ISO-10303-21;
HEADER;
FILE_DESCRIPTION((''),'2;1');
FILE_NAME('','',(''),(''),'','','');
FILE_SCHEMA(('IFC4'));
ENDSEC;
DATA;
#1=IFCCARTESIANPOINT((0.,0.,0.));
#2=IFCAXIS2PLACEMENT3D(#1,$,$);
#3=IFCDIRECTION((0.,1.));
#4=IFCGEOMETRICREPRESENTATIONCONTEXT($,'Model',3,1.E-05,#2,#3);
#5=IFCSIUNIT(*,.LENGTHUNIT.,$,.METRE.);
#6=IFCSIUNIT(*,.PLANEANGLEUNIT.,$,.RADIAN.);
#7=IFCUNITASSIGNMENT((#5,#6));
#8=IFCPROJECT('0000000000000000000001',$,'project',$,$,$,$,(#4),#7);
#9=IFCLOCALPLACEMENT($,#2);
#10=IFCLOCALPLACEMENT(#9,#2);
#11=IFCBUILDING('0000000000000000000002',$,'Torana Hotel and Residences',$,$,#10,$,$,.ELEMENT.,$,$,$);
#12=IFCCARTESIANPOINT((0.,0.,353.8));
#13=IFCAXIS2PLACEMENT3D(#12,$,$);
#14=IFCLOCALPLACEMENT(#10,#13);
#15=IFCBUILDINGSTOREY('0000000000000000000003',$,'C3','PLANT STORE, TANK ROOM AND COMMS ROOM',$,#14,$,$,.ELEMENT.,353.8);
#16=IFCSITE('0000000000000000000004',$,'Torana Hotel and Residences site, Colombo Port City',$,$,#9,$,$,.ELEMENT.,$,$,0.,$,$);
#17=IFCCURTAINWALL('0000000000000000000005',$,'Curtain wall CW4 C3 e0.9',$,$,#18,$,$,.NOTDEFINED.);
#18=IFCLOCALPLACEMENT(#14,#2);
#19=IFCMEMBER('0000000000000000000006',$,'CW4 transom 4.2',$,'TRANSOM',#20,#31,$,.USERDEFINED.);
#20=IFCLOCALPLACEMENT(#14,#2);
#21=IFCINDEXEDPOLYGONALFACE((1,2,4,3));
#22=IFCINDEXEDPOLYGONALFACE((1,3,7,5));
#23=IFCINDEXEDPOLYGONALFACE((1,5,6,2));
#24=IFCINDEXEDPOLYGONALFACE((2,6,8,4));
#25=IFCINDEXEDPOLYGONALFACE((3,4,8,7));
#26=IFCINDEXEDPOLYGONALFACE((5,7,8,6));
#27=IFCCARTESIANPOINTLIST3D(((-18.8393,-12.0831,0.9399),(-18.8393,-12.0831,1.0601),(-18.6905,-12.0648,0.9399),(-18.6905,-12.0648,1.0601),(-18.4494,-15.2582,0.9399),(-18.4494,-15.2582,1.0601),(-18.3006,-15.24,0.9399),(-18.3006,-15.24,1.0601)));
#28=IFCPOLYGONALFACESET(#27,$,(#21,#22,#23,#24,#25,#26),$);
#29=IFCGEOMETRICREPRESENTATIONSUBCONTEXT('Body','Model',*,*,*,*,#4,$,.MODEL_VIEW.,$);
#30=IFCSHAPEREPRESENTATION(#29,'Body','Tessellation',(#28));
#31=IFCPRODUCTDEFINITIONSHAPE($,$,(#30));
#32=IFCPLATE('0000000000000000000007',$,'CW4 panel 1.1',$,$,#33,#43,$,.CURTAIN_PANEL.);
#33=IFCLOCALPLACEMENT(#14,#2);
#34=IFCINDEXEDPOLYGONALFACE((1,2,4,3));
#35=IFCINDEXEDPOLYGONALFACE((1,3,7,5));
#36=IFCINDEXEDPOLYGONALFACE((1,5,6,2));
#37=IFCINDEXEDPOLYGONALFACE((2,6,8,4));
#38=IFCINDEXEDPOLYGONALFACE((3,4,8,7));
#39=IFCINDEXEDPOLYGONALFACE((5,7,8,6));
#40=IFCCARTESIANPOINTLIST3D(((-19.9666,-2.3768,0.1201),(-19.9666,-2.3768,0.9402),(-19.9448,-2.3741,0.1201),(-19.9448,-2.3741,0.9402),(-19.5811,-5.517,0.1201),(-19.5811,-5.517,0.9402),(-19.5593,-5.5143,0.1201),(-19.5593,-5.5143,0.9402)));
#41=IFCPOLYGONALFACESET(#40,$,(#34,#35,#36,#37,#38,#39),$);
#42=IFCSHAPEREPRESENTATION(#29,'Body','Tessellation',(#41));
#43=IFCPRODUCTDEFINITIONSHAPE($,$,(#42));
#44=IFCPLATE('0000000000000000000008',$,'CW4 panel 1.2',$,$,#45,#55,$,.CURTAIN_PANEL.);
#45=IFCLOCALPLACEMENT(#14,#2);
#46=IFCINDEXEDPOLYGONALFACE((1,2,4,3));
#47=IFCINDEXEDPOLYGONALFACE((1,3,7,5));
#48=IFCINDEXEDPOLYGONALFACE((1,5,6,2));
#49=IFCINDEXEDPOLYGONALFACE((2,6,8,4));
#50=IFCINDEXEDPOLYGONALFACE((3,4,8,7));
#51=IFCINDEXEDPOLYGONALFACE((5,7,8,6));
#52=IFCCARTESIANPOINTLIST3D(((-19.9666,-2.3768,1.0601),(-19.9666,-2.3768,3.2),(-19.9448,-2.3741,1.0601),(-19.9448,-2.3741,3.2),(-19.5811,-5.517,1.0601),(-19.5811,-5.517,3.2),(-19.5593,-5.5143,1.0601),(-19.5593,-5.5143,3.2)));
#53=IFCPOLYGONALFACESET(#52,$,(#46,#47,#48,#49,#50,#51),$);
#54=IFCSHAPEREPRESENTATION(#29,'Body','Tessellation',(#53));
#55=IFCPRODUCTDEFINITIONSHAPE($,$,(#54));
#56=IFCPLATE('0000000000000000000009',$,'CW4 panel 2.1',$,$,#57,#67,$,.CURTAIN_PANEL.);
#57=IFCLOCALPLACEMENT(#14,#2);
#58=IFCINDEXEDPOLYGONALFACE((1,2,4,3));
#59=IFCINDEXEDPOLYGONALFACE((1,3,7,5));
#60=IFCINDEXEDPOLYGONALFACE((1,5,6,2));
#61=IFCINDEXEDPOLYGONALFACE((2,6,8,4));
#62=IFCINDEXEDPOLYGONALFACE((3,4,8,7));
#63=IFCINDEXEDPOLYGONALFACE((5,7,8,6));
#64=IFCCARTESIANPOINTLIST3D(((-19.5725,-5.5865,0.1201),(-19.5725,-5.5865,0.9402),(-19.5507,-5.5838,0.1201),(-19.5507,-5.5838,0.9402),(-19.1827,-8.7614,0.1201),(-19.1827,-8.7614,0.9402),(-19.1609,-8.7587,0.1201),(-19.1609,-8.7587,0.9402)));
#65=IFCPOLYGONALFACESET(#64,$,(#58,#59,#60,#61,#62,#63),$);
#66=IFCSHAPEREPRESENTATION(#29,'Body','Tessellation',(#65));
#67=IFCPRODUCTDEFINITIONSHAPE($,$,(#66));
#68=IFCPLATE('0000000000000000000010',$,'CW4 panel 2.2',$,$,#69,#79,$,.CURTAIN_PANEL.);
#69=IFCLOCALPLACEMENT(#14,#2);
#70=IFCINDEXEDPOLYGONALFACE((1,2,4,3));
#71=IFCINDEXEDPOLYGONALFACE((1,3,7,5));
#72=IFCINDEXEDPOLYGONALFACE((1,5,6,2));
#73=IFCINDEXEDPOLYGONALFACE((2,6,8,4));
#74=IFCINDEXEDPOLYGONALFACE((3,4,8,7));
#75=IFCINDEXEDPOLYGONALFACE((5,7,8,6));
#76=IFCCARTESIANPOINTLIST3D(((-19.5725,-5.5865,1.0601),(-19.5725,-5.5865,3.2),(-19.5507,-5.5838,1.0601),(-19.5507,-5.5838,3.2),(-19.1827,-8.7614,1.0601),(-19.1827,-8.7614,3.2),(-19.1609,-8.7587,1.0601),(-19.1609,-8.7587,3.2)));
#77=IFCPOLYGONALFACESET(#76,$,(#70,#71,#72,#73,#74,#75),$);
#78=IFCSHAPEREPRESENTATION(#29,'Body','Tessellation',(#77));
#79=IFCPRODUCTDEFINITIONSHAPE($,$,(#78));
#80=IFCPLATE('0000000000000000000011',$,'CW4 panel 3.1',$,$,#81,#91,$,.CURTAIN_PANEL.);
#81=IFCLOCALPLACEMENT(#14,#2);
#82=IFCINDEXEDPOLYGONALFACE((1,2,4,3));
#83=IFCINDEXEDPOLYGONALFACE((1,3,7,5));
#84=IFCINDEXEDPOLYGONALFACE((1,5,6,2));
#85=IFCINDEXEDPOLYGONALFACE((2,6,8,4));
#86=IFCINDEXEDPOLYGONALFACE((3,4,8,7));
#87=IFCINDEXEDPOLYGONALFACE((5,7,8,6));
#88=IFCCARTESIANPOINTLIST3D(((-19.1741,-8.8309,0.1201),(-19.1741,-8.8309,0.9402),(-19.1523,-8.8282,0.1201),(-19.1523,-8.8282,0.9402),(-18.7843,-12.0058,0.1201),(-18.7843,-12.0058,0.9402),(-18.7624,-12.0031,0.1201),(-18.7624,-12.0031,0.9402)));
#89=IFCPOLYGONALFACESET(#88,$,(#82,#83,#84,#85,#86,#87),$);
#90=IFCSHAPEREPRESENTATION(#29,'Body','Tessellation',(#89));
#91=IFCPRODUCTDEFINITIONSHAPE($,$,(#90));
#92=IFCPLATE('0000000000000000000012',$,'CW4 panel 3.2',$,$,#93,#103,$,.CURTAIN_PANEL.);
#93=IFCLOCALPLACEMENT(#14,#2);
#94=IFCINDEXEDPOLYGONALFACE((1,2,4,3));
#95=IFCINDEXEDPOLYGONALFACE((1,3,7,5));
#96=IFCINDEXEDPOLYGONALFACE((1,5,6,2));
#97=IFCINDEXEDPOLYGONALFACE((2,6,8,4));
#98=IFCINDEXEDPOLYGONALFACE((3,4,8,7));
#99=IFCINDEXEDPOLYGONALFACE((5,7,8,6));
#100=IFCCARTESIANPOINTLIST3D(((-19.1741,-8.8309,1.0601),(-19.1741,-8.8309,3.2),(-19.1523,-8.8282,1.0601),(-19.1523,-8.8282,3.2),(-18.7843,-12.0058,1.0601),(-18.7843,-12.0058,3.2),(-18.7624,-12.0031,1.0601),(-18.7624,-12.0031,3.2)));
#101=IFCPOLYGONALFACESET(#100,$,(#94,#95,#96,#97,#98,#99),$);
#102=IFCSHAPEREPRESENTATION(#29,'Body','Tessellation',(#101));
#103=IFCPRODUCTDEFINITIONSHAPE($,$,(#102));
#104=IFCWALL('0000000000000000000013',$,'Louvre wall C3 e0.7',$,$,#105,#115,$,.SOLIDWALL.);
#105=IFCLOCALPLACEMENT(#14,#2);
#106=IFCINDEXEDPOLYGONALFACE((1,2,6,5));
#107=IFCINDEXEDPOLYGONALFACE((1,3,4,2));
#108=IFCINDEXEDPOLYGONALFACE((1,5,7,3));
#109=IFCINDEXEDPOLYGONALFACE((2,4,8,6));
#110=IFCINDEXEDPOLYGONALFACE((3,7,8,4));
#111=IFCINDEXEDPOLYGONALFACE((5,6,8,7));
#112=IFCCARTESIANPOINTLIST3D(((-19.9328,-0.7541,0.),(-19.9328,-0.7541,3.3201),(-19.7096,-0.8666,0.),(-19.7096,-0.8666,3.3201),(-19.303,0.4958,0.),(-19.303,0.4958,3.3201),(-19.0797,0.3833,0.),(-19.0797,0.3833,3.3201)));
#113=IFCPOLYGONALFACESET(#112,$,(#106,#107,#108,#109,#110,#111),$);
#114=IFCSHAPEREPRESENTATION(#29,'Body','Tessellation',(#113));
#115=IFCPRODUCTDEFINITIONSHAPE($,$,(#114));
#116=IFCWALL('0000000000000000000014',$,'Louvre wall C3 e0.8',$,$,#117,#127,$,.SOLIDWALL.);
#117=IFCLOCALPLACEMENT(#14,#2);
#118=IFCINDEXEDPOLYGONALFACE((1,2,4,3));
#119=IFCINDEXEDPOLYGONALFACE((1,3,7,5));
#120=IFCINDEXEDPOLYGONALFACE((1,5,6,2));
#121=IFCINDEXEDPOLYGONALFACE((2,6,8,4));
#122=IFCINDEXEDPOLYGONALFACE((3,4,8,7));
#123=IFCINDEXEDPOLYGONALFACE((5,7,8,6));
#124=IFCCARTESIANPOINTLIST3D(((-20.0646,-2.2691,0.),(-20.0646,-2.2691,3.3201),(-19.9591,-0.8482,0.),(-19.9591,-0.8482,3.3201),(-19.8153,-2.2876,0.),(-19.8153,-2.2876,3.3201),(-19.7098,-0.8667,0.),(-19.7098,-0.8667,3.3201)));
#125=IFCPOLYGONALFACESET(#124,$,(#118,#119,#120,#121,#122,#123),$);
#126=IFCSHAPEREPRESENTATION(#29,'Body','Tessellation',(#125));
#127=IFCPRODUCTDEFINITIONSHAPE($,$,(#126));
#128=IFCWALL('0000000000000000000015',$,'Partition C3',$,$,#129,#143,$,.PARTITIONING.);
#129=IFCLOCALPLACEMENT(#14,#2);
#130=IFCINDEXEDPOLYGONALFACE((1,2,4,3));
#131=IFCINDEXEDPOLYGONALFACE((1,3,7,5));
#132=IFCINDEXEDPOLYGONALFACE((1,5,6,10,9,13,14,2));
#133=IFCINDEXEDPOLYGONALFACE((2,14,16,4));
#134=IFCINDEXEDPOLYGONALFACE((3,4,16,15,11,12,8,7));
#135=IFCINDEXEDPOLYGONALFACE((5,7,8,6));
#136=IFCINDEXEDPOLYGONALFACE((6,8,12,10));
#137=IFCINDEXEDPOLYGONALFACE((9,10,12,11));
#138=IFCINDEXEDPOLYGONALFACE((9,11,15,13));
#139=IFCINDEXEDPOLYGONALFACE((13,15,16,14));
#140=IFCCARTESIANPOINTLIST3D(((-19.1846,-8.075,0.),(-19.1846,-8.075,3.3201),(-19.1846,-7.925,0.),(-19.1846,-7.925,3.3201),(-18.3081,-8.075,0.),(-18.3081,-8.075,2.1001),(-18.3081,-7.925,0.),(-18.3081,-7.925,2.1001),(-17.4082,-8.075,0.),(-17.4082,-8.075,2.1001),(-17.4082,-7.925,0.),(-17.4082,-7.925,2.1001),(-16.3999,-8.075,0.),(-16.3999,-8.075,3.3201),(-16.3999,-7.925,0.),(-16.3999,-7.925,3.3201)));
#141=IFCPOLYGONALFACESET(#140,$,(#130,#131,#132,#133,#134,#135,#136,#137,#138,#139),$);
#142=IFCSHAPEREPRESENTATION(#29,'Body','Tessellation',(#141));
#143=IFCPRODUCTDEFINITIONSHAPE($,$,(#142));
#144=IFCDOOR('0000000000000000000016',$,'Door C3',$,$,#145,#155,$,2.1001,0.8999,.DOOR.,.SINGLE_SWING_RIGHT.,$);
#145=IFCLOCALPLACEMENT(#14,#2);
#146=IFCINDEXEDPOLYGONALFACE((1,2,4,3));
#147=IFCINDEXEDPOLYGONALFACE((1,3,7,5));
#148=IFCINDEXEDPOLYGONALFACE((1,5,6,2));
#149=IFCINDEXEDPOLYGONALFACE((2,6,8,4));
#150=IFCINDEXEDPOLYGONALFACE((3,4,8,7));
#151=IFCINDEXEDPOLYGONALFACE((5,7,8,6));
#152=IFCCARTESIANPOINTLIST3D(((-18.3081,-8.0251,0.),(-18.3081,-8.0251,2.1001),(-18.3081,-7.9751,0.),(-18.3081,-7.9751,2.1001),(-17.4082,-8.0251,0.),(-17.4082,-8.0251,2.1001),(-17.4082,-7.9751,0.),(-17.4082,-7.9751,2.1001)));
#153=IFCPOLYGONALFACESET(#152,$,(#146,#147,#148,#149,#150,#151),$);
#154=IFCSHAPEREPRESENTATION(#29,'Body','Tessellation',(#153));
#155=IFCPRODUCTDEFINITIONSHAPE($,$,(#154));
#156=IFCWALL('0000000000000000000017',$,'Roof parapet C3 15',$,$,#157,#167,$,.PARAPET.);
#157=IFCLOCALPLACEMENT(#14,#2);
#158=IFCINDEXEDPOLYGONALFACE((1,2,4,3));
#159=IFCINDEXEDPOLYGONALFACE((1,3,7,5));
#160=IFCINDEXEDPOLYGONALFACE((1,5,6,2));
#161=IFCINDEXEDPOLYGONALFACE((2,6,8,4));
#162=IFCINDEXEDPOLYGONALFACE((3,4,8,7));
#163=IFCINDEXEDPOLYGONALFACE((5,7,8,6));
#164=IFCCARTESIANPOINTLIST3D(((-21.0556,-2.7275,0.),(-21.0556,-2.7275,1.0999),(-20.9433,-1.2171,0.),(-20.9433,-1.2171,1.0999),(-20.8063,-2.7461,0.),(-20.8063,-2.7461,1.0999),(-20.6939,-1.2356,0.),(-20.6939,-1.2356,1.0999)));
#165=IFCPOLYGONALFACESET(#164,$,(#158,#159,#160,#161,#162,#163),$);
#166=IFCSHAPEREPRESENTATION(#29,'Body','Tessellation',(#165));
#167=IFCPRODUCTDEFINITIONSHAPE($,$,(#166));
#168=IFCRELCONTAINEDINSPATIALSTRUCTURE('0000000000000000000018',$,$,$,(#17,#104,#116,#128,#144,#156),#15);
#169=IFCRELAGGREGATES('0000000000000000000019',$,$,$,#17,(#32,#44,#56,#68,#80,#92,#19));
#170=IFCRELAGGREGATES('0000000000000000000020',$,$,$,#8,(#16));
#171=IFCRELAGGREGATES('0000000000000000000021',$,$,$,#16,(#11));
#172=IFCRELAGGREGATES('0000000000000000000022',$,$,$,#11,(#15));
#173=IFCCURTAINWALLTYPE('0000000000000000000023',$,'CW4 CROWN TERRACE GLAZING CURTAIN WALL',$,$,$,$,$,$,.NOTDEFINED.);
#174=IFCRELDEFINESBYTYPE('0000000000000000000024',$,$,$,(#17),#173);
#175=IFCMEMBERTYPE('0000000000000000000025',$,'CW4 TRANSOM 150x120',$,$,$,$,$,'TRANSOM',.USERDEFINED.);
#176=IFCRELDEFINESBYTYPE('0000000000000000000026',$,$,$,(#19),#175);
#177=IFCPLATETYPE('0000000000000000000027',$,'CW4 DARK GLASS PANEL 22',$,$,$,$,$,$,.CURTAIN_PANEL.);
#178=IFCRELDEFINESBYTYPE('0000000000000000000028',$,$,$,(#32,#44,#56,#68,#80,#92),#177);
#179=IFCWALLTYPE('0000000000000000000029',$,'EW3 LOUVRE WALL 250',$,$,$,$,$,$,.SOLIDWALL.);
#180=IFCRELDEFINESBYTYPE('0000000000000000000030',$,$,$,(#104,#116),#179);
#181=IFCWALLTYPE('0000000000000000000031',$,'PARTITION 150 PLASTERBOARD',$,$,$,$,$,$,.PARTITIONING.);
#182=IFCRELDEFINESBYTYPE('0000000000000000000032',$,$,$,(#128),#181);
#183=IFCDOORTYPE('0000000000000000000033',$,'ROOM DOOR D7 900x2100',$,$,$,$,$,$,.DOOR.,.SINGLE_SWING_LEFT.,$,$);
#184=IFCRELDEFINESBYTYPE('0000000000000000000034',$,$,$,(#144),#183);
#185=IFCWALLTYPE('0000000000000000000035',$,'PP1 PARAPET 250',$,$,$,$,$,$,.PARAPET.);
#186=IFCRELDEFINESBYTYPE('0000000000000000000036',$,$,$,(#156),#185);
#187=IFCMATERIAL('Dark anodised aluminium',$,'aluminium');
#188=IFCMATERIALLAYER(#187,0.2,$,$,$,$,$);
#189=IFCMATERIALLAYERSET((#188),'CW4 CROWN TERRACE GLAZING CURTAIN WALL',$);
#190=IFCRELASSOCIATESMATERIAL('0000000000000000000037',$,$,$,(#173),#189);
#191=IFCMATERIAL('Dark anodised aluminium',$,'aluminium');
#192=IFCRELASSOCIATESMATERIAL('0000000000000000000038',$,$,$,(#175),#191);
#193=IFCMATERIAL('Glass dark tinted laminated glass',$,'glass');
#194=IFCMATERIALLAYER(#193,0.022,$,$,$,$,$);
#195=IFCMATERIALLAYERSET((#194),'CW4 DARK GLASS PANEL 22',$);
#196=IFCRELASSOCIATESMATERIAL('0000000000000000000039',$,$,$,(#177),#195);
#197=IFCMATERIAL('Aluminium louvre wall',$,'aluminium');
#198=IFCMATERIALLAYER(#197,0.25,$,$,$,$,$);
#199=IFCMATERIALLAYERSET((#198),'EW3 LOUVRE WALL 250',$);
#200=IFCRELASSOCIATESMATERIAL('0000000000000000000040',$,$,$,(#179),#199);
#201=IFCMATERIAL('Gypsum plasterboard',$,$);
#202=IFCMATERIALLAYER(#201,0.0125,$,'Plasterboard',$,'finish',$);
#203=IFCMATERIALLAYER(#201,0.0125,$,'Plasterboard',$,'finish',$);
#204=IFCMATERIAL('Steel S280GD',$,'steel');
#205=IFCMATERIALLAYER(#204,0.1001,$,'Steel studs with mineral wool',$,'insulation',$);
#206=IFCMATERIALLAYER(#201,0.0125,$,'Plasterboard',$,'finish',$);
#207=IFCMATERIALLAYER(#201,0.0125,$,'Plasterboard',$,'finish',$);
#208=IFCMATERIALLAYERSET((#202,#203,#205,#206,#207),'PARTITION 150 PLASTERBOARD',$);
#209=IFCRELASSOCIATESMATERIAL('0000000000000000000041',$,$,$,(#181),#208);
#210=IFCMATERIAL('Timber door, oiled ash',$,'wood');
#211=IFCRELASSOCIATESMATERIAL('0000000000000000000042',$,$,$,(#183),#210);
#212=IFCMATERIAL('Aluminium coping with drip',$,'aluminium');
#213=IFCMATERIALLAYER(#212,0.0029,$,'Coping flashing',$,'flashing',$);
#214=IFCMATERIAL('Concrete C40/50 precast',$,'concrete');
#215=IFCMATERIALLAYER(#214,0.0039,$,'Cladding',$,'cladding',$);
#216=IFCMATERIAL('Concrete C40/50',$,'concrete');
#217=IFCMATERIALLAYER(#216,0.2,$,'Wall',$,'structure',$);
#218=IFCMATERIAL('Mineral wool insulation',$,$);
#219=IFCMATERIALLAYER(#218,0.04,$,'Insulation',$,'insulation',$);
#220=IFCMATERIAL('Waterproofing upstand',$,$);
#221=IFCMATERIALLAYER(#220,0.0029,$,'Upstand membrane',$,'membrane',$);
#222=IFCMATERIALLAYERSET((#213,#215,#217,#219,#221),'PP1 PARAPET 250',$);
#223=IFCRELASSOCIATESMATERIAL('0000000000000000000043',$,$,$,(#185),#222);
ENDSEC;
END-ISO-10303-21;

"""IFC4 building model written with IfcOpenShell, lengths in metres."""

from ifc_helpers import new_model, si_unit, direction, frame, frame_2d, origin, origin_2d, place, context, subcontext, project, spatial, rectangle, extrude, material, layer, layer_set, material_profile, profile_set, type_object, element, fill, aggregate, save


model = new_model("IFC4")

# Units and contexts
model_context = context("Model", 3, precision=1e-05, world=origin(), true_north=direction((0.0, 1.0)))
body_context = subcontext(model_context, "Body", "Model", "MODEL_VIEW")
ifc_project = project(units=[si_unit("LENGTHUNIT", "METRE"), si_unit("PLANEANGLEUNIT", "RADIAN")], contexts=[model_context])

# Site, building, storey
site_placement = place(None, origin())
site = spatial("IfcSite", under=ifc_project, at=site_placement, Name="Torana Hotel and Residences site, Colombo Port City", CompositionType="ELEMENT", RefElevation=0.0)
building_placement = place(site_placement, origin())
building = spatial("IfcBuilding", under=site, at=building_placement, Name="Torana Hotel and Residences", CompositionType="ELEMENT")
storey_placement = place(building_placement, frame((0.0, 0.0, 353.8)))
storey = spatial("IfcBuildingStorey", under=building, at=storey_placement, Name="C3", Description="PLANT STORE, TANK ROOM AND COMMS ROOM", CompositionType="ELEMENT", Elevation=353.8)

# Curtain wall, member, plates
ifc_material_1 = material(Name="Dark anodised aluminium", Category="aluminium")
ifc_layer_1 = layer(ifc_material_1, 0.2)
ifc_layer_set_1 = layer_set([ifc_layer_1], Name="CW4 CROWN TERRACE GLAZING CURTAIN WALL")
curtain_wall_type = type_object("IfcCurtainWallType", Name="CW4 CROWN TERRACE GLAZING CURTAIN WALL", PredefinedType="NOTDEFINED", material=ifc_layer_set_1)
curtain_wall_placement = place(storey_placement, origin())
curtain_wall = element("IfcCurtainWall", 1, at=curtain_wall_placement, inside=storey, type_object=curtain_wall_type, Name="Curtain wall CW4 C3 e0.9", PredefinedType="NOTDEFINED")
ifc_material_2 = material(Name="Dark anodised aluminium", Category="aluminium")
ifc_material_profile_1 = material_profile(ifc_material_2, rectangle(XDim=0.1499, YDim=0.1201, at=origin_2d()), Name="CW4 TRANSOM 150x120")
ifc_profile_set_1 = profile_set([ifc_material_profile_1], Name="Dark anodised aluminium")
member_type_1 = type_object("IfcMemberType", Name="CW4 TRANSOM 150x120", ElementType="TRANSOM", PredefinedType="USERDEFINED", material=ifc_profile_set_1)
member_1_placement = place(storey_placement, frame((-18.7649, -12.074, 1.0), z_axis=(0.121883, -0.992544, 0.0), x_axis=(0.992544, 0.121883, 0.0)))
member_1 = element("IfcMember", 2, at=member_1_placement, type_object=member_type_1, Name="CW4 transom 4.2", ObjectType="TRANSOM", PredefinedType="USERDEFINED", context=body_context, shape_type="SweptSolid", body=[
    extrude(rectangle(XDim=0.1499, YDim=0.1201, at=origin_2d()), origin(), (0.0, 0.0, 1.0), 3.199),
])
ifc_material_3 = material(Name="Glass dark tinted laminated glass", Category="glass")
ifc_layer_2 = layer(ifc_material_3, 0.022)
ifc_layer_set_2 = layer_set([ifc_layer_2], Name="CW4 DARK GLASS PANEL 22")
plate_type = type_object("IfcPlateType", Name="CW4 DARK GLASS PANEL 22", PredefinedType="CURTAIN_PANEL", material=ifc_layer_set_2)
plate_1_placement = place(storey_placement, frame((-19.7629, -3.9456, 0.1201), z_axis=(0.0, 0.0, 1.0), x_axis=(0.121867, -0.992546, 0.0)))
plate_1 = element("IfcPlate", 3, at=plate_1_placement, type_object=plate_type, Name="CW4 panel 1.1", PredefinedType="CURTAIN_PANEL", context=body_context, shape_type="SweptSolid", body=[
    extrude(rectangle(XDim=3.1638, YDim=0.022, at=origin_2d()), origin(), (0.0, 0.0, 1.0), 0.8201),
])
plate_2_placement = place(storey_placement, frame((-19.7629, -3.9456, 1.0601), z_axis=(0.0, 0.0, 1.0), x_axis=(0.121867, -0.992546, 0.0)))
plate_2 = element("IfcPlate", 4, at=plate_2_placement, type_object=plate_type, Name="CW4 panel 1.2", PredefinedType="CURTAIN_PANEL", context=body_context, shape_type="SweptSolid", body=[
    extrude(rectangle(XDim=3.1638, YDim=0.022, at=origin_2d()), origin(), (0.0, 0.0, 1.0), 2.1399),
])
plate_3_placement = place(storey_placement, frame((-19.3667, -7.1726, 0.1201), z_axis=(0.0, 0.0, 1.0), x_axis=(0.121867, -0.992546, 0.0)))
plate_3 = element("IfcPlate", 5, at=plate_3_placement, type_object=plate_type, Name="CW4 panel 2.1", PredefinedType="CURTAIN_PANEL", context=body_context, shape_type="SweptSolid", body=[
    extrude(rectangle(XDim=3.1987, YDim=0.022, at=origin_2d()), origin(), (0.0, 0.0, 1.0), 0.8201),
])
plate_4_placement = place(storey_placement, frame((-19.3667, -7.1726, 1.0601), z_axis=(0.0, 0.0, 1.0), x_axis=(0.121867, -0.992546, 0.0)))
plate_4 = element("IfcPlate", 6, at=plate_4_placement, type_object=plate_type, Name="CW4 panel 2.2", PredefinedType="CURTAIN_PANEL", context=body_context, shape_type="SweptSolid", body=[
    extrude(rectangle(XDim=3.1987, YDim=0.022, at=origin_2d()), origin(), (0.0, 0.0, 1.0), 2.1399),
])
plate_5_placement = place(storey_placement, frame((-18.9683, -10.417, 0.1201), z_axis=(0.0, 0.0, 1.0), x_axis=(0.121867, -0.992546, 0.0)))
plate_5 = element("IfcPlate", 7, at=plate_5_placement, type_object=plate_type, Name="CW4 panel 3.1", PredefinedType="CURTAIN_PANEL", context=body_context, shape_type="SweptSolid", body=[
    extrude(rectangle(XDim=3.1987, YDim=0.022, at=origin_2d()), origin(), (0.0, 0.0, 1.0), 0.8201),
])
plate_6_placement = place(storey_placement, frame((-18.9683, -10.417, 1.0601), z_axis=(0.0, 0.0, 1.0), x_axis=(0.121867, -0.992546, 0.0)))
plate_6 = element("IfcPlate", 8, at=plate_6_placement, type_object=plate_type, Name="CW4 panel 3.2", PredefinedType="CURTAIN_PANEL", context=body_context, shape_type="SweptSolid", body=[
    extrude(rectangle(XDim=3.1987, YDim=0.022, at=origin_2d()), origin(), (0.0, 0.0, 1.0), 2.1399),
])
aggregate(curtain_wall, [plate_1, plate_2, plate_3, plate_4, plate_5, plate_6, member_1])

# Walls
ifc_material_4 = material(Name="Aluminium louvre wall", Category="aluminium")
ifc_layer_3 = layer(ifc_material_4, 0.25)
ifc_layer_set_3 = layer_set([ifc_layer_3], Name="EW3 LOUVRE WALL 250")
wall_type_1 = type_object("IfcWallType", Name="EW3 LOUVRE WALL 250", PredefinedType="SOLIDWALL", material=ifc_layer_set_3)
wall_1_placement = place(storey_placement, frame((-19.1914, 0.4395, 0.0), z_axis=(0.0, 0.0, 1.0), x_axis=(-0.450002, -0.893027, 0.0)))
element("IfcWall", 9, at=wall_1_placement, inside=storey, type_object=wall_type_1, Name="Louvre wall C3 e0.7", PredefinedType="SOLIDWALL", context=body_context, shape_type="SweptSolid", body=[
    extrude(rectangle(XDim=1.3997, YDim=0.25, at=frame_2d((0.6997, 0.0))), origin(), (0.0, 0.0, 1.0), 3.3201),
])
wall_2_placement = place(storey_placement, frame((-19.8345, -0.8574, 0.0), z_axis=(0.0, 0.0, 1.0), x_axis=(-0.074023, -0.997257, 0.0)))
element("IfcWall", 10, at=wall_2_placement, inside=storey, type_object=wall_type_1, Name="Louvre wall C3 e0.8", PredefinedType="SOLIDWALL", context=body_context, shape_type="SweptSolid", body=[
    extrude(rectangle(XDim=1.4248, YDim=0.25, at=frame_2d((0.7124, 0.0))), origin(), (0.0, 0.0, 1.0), 3.3201),
])

# Wall, opening, door
ifc_material_5 = material(Name="Gypsum plasterboard")
ifc_layer_4 = layer(ifc_material_5, 0.0125, Name="Plasterboard", Category="finish")
ifc_layer_5 = layer(ifc_material_5, 0.0125, Name="Plasterboard", Category="finish")
ifc_material_6 = material(Name="Steel S280GD", Category="steel")
ifc_layer_6 = layer(ifc_material_6, 0.1001, Name="Steel studs with mineral wool", Category="insulation")
ifc_layer_7 = layer(ifc_material_5, 0.0125, Name="Plasterboard", Category="finish")
ifc_layer_8 = layer(ifc_material_5, 0.0125, Name="Plasterboard", Category="finish")
ifc_layer_set_4 = layer_set([ifc_layer_4, ifc_layer_5, ifc_layer_6, ifc_layer_7, ifc_layer_8], Name="PARTITION 150 PLASTERBOARD")
wall_type_2 = type_object("IfcWallType", Name="PARTITION 150 PLASTERBOARD", PredefinedType="PARTITIONING", material=ifc_layer_set_4)
wall_3_placement = place(storey_placement, frame((-19.1846, -8.0, 0.0), z_axis=(0.0, 0.0, 1.0), x_axis=(1.0, 0.0, 0.0)))
wall_3 = element("IfcWall", 11, at=wall_3_placement, inside=storey, type_object=wall_type_2, Name="Partition C3", PredefinedType="PARTITIONING", context=body_context, shape_type="SweptSolid", body=[
    extrude(rectangle(XDim=2.7847, YDim=0.1499, at=frame_2d((1.3923, 0.0))), origin(), (0.0, 0.0, 1.0), 3.3201),
])
opening_placement = place(wall_3_placement, frame((0.8765, 0.0, 0.0)))
opening = element("IfcOpeningElement", 12, at=opening_placement, cuts=wall_3, PredefinedType="OPENING", context=body_context, shape_type="SweptSolid", body=[
    extrude(rectangle(XDim=0.8999, YDim=2.1001, at=frame_2d((0.45, 1.05))), frame((0.0, 0.085, 0.0), z_axis=(0.0, -1.0, 0.0), x_axis=(1.0, 0.0, 0.0)), (0.0, 0.0, 1.0), 0.1699),
])
ifc_material_7 = material(Name="Timber door, oiled ash", Category="wood")
door_type = type_object("IfcDoorType", Name="ROOM DOOR D7 900x2100", OperationType="SINGLE_SWING_LEFT", PredefinedType="DOOR", material=ifc_material_7)
door_placement = place(opening_placement, origin())
door = element("IfcDoor", 13, at=door_placement, inside=storey, type_object=door_type, Name="Door C3", OperationType="SINGLE_SWING_RIGHT", OverallHeight=2.1001, OverallWidth=0.8999, PredefinedType="DOOR", context=body_context, shape_type="SweptSolid", body=[
    extrude(rectangle(XDim=0.8999, YDim=2.1001, at=frame_2d((0.45, 1.05))), frame((0.0, 0.0249, 0.0), z_axis=(0.0, -1.0, 0.0), x_axis=(1.0, 0.0, 0.0)), (0.0, 0.0, 1.0), 0.05),
])
fill(opening, door)

# Wall
ifc_material_8 = material(Name="Aluminium coping with drip", Category="aluminium")
ifc_layer_9 = layer(ifc_material_8, 0.0029, Name="Coping flashing", Category="flashing")
ifc_material_9 = material(Name="Concrete C40/50 precast", Category="concrete")
ifc_layer_10 = layer(ifc_material_9, 0.0039, Name="Cladding", Category="cladding")
ifc_material_10 = material(Name="Concrete C40/50", Category="concrete")
ifc_layer_11 = layer(ifc_material_10, 0.2, Name="Wall", Category="structure")
ifc_material_11 = material(Name="Mineral wool insulation")
ifc_layer_12 = layer(ifc_material_11, 0.04, Name="Insulation", Category="insulation")
ifc_material_12 = material(Name="Waterproofing upstand")
ifc_layer_13 = layer(ifc_material_12, 0.0029, Name="Upstand membrane", Category="membrane")
ifc_layer_set_5 = layer_set([ifc_layer_9, ifc_layer_10, ifc_layer_11, ifc_layer_12, ifc_layer_13], Name="PP1 PARAPET 250")
wall_type_3 = type_object("IfcWallType", Name="PP1 PARAPET 250", PredefinedType="PARAPET", material=ifc_layer_set_5)
wall_4_placement = place(storey_placement, frame((-20.9309, -2.7368, 0.0), z_axis=(0.0, 0.0, 1.0), x_axis=(0.074145, 0.997247, 0.0)))
element("IfcWall", 14, at=wall_4_placement, inside=storey, type_object=wall_type_3, Name="Roof parapet C3 15", PredefinedType="PARAPET", context=body_context, shape_type="SweptSolid", body=[
    extrude(rectangle(XDim=1.5146, YDim=0.25, at=frame_2d((0.7573, 0.0))), origin(), (0.0, 0.0, 1.0), 1.0999),
])

save(model, "model.ifc")
